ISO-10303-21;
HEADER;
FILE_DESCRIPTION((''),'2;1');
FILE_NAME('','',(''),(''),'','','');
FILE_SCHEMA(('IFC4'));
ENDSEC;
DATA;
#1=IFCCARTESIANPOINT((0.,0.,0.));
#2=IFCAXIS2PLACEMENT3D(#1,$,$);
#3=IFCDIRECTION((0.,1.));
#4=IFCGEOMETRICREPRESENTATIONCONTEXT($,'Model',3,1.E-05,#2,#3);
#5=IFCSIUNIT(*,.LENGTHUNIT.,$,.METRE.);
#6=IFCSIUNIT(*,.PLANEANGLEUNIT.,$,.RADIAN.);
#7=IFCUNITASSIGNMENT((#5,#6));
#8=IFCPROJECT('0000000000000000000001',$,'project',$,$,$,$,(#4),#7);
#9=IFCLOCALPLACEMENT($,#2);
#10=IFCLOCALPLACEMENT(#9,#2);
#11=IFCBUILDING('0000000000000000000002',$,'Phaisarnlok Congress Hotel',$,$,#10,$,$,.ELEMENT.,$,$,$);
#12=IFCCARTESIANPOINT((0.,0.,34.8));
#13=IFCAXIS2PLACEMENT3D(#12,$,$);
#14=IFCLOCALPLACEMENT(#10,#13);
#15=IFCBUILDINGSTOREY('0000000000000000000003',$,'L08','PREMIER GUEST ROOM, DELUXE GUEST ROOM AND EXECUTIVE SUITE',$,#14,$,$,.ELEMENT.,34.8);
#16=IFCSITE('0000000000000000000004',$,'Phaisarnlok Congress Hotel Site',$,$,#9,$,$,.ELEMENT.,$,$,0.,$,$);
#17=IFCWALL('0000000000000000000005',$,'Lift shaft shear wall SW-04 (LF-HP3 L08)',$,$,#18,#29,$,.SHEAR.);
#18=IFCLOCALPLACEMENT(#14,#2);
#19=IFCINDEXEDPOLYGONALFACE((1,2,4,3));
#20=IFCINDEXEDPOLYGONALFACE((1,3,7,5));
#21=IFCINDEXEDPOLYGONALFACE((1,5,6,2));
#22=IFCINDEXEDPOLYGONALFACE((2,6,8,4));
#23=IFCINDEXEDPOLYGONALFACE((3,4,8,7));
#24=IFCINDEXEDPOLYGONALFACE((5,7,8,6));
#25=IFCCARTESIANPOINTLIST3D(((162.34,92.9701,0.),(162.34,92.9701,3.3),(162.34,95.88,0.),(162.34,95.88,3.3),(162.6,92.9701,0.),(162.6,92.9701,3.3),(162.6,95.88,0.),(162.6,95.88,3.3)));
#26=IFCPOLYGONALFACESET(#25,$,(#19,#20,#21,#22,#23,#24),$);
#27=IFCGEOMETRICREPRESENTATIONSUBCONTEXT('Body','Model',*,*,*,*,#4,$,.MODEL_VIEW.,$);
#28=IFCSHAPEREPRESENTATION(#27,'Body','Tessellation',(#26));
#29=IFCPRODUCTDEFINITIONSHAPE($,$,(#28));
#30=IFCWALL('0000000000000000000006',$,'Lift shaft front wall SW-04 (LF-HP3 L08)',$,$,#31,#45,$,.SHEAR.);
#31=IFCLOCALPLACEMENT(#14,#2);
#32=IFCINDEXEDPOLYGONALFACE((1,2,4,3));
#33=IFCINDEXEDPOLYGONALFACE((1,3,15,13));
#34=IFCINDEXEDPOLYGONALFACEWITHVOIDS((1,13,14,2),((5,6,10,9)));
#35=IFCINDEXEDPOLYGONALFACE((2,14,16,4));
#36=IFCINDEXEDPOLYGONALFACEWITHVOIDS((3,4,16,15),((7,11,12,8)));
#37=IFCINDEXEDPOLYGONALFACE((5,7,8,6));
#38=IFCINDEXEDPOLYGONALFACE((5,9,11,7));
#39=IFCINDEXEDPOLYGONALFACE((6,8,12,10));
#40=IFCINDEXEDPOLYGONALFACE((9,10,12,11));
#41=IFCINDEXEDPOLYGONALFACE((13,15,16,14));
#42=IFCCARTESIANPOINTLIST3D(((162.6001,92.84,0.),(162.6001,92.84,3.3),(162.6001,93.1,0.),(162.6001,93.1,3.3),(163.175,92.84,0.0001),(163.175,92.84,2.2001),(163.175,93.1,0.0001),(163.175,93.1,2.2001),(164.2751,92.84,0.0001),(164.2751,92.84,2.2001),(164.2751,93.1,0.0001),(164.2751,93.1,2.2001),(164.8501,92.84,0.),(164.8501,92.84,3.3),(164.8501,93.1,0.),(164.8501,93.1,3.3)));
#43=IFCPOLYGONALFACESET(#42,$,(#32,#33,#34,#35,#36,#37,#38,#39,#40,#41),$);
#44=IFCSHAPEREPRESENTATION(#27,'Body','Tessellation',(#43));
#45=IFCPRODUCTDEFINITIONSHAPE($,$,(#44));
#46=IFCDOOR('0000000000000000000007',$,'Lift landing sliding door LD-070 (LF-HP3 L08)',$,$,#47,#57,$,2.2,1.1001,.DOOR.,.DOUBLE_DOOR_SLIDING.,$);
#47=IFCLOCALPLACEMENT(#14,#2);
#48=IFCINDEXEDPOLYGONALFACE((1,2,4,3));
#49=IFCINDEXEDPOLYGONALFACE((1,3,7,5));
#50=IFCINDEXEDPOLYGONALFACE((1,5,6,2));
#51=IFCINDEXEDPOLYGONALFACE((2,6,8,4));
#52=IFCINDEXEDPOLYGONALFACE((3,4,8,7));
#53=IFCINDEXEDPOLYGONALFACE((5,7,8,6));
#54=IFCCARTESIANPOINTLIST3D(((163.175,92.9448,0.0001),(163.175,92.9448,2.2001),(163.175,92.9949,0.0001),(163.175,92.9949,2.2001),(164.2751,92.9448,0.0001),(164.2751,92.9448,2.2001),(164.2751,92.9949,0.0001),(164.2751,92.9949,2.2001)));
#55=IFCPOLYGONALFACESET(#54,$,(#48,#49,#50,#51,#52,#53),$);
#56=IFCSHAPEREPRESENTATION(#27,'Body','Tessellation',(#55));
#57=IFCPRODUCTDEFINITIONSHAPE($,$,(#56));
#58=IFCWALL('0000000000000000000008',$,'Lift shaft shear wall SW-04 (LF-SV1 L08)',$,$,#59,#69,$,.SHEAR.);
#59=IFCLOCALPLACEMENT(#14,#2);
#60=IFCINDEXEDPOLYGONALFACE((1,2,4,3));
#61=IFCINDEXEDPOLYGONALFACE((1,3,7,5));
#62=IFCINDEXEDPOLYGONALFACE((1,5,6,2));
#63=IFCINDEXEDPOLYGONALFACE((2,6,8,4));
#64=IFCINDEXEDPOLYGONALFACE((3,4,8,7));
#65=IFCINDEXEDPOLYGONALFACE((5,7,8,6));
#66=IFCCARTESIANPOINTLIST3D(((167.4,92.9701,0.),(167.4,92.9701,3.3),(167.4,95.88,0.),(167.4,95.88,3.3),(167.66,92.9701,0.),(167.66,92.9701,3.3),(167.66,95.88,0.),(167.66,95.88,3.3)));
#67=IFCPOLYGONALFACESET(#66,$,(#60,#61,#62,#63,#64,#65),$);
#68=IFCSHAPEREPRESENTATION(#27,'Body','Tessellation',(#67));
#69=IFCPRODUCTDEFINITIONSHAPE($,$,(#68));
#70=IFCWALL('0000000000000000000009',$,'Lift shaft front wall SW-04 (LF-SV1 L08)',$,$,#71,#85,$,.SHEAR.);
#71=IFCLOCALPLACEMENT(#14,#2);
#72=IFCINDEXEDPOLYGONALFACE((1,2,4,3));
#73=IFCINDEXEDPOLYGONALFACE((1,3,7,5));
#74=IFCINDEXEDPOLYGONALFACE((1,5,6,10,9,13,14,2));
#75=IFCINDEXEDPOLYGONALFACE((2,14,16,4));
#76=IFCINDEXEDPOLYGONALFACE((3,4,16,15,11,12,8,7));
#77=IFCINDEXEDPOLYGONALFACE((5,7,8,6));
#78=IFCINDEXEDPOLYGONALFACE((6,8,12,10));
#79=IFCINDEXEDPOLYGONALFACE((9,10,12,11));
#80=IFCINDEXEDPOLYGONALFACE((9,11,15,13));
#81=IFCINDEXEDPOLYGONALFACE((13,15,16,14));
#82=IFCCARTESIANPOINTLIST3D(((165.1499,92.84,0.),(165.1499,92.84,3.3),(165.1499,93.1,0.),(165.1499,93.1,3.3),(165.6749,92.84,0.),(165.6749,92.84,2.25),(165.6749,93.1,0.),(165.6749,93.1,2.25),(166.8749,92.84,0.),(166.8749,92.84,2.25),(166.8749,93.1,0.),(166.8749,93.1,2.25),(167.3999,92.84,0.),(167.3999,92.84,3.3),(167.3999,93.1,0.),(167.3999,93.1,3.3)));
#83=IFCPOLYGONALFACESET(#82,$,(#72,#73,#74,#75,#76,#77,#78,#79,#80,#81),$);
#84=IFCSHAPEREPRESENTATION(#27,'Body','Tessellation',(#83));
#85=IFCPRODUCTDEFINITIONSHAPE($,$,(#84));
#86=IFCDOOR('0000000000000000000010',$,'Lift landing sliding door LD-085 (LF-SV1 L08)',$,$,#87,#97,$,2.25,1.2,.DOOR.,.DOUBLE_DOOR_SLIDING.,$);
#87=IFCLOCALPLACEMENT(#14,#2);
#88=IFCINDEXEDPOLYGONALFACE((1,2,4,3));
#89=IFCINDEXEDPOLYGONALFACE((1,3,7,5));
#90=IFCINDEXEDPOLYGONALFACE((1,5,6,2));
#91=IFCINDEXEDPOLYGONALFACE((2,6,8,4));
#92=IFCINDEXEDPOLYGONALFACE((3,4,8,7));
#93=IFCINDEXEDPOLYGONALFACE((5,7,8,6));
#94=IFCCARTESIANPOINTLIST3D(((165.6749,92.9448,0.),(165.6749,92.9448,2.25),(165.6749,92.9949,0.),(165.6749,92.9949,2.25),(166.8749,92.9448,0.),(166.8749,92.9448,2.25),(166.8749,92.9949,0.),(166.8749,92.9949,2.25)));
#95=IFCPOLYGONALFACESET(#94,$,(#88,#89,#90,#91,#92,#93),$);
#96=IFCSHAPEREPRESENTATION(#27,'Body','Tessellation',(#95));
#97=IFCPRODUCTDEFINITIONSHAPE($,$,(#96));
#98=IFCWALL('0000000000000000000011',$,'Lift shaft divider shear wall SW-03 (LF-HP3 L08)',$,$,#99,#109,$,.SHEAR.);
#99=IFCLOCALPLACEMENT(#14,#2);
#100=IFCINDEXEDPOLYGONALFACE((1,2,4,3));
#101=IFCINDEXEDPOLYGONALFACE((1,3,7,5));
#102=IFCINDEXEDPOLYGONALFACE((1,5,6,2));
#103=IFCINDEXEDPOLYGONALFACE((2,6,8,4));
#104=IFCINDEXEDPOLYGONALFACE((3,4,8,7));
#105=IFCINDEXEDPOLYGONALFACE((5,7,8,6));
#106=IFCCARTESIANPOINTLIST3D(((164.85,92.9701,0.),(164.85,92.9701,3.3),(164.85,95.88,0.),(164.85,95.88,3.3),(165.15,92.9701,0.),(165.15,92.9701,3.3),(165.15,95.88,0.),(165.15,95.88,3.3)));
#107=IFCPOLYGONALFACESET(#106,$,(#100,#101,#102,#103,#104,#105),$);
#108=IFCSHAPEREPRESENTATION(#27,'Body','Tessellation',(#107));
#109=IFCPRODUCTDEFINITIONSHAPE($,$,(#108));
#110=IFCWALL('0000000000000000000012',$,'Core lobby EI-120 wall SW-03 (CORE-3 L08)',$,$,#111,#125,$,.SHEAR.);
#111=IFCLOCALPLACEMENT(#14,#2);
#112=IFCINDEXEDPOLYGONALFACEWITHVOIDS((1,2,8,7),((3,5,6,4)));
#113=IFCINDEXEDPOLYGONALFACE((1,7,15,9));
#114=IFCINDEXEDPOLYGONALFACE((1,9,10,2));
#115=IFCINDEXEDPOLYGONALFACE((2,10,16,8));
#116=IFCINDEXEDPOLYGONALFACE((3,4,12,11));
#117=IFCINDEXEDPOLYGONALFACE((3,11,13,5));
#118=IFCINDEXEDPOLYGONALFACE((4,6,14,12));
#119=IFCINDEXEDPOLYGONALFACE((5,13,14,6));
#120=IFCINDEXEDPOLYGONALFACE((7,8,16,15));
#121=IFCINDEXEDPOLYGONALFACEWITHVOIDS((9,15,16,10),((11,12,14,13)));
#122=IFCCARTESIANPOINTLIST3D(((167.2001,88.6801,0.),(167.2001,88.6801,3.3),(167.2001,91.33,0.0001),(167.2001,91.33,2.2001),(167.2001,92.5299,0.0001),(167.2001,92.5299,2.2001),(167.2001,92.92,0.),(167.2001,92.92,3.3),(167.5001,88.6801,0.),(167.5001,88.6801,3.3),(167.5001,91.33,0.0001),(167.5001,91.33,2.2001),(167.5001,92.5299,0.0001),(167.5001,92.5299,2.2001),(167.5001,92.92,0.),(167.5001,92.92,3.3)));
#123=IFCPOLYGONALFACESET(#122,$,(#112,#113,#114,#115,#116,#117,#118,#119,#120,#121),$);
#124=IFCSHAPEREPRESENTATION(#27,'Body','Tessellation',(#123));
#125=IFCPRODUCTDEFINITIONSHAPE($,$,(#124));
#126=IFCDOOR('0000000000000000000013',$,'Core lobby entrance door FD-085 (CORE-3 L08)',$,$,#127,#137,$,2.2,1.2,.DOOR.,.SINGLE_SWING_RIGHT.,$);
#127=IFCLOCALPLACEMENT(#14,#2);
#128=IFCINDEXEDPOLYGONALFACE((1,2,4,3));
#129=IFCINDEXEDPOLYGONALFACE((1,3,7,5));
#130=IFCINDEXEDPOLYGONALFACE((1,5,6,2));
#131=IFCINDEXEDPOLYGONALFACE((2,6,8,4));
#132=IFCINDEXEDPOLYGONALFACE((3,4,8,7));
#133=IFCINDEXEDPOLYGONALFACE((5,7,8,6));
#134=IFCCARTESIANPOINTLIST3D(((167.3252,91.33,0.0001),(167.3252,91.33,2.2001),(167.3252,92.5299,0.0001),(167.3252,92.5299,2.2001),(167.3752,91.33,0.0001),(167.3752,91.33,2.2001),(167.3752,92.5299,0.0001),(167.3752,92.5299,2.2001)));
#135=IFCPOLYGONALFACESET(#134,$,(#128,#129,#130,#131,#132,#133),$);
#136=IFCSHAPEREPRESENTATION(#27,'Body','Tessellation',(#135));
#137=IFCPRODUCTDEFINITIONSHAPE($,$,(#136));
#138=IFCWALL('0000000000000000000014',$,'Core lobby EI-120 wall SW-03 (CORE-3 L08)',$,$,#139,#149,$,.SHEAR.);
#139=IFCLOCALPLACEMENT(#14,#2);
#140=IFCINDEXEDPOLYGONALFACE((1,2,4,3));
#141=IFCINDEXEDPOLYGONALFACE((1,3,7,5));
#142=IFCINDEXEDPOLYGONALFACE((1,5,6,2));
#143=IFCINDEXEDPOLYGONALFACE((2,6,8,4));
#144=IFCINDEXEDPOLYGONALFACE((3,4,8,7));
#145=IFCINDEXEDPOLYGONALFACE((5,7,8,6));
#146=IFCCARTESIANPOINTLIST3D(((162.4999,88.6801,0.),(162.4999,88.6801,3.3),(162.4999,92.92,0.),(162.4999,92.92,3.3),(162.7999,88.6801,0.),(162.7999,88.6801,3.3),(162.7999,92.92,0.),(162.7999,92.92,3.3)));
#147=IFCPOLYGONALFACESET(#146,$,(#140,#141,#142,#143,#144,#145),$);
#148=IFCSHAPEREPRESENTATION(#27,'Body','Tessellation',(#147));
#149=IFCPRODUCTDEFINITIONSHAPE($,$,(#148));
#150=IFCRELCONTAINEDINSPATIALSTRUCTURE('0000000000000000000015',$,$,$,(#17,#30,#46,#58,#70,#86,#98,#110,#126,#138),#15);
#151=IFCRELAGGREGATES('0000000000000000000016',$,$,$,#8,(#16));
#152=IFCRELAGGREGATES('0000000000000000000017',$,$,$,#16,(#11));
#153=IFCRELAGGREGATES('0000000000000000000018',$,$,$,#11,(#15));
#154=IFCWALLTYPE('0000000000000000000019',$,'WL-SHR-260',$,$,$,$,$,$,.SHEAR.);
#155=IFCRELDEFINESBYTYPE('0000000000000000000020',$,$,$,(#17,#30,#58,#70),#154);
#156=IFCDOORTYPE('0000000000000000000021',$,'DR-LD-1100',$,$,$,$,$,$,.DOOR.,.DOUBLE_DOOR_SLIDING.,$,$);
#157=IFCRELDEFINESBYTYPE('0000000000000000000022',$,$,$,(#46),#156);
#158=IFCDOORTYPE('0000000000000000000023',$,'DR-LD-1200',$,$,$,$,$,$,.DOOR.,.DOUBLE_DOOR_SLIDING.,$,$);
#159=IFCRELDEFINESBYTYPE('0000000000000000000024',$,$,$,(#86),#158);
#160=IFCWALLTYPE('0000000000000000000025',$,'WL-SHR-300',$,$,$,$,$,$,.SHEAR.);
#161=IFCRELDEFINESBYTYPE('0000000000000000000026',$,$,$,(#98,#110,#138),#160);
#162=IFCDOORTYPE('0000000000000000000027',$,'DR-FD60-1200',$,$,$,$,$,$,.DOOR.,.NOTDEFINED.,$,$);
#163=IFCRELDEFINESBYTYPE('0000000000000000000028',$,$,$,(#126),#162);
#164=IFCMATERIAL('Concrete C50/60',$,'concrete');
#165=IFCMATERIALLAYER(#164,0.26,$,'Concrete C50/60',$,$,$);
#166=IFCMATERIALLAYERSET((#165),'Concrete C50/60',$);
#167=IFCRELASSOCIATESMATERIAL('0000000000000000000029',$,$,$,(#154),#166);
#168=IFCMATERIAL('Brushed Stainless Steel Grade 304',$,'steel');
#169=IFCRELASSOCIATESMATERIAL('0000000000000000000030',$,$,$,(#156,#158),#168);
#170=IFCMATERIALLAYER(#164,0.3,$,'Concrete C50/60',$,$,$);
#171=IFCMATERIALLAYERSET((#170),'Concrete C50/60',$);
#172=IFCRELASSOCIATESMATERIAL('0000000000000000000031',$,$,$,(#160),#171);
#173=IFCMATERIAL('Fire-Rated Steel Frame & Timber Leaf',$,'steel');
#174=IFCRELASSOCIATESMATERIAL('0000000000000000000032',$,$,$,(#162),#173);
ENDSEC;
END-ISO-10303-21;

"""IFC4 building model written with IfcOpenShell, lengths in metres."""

from ifc_helpers import new_model, si_unit, direction, frame, frame_2d, origin, place, context, subcontext, project, spatial, rectangle, extrude, material, layer, layer_set, type_object, element, fill, save


model = new_model("IFC4")

# Units and contexts
model_context = context("Model", 3, precision=1e-05, world=origin(), true_north=direction((0.0, 1.0)))
body_context = subcontext(model_context, "Body", "Model", "MODEL_VIEW")
ifc_project = project(units=[si_unit("LENGTHUNIT", "METRE"), si_unit("PLANEANGLEUNIT", "RADIAN")], contexts=[model_context])

# Site, building, storey
site_placement = place(None, origin())
site = spatial("IfcSite", under=ifc_project, at=site_placement, Name="Phaisarnlok Congress Hotel Site", CompositionType="ELEMENT", RefElevation=0.0)
building_placement = place(site_placement, origin())
building = spatial("IfcBuilding", under=site, at=building_placement, Name="Phaisarnlok Congress Hotel", CompositionType="ELEMENT")
storey_placement = place(building_placement, frame((0.0, 0.0, 34.8)))
storey = spatial("IfcBuildingStorey", under=building, at=storey_placement, Name="L08", Description="PREMIER GUEST ROOM, DELUXE GUEST ROOM AND EXECUTIVE SUITE", CompositionType="ELEMENT", Elevation=34.8)

# Shared definitions
ifc_material_1 = material(Name="Concrete C50/60", Category="concrete")

# Shared definitions
ifc_layer_1 = layer(ifc_material_1, 0.26, Name="Concrete C50/60")
ifc_layer_set_1 = layer_set([ifc_layer_1], Name="Concrete C50/60")
wall_type_1 = type_object("IfcWallType", Name="WL-SHR-260", PredefinedType="SHEAR", material=ifc_layer_set_1)
ifc_material_2 = material(Name="Fire-Rated Steel Frame & Timber Leaf", Category="steel")

# Wall
wall_1_placement = place(storey_placement, frame((162.47, 92.97, 0.0), z_axis=(0.0, 0.0, 1.0), x_axis=(0.0, 1.0, 0.0)))
element("IfcWall", 1, at=wall_1_placement, inside=storey, type_object=wall_type_1, Name="Lift shaft shear wall SW-04 (LF-HP3 L08)", PredefinedType="SHEAR", context=body_context, shape_type="SweptSolid", body=[
    extrude(rectangle(XDim=2.9099, YDim=0.26, at=frame_2d((1.4551, 0.0))), origin(), (0.0, 0.0, 1.0), 3.3),
])

# Wall, opening, door
wall_2_placement = place(storey_placement, frame((162.6001, 92.97, 0.0), z_axis=(0.0, 0.0, 1.0), x_axis=(1.0, 0.0, 0.0)))
wall_2 = element("IfcWall", 2, at=wall_2_placement, inside=storey, type_object=wall_type_1, Name="Lift shaft front wall SW-04 (LF-HP3 L08)", PredefinedType="SHEAR", context=body_context, shape_type="SweptSolid", body=[
    extrude(rectangle(XDim=2.25, YDim=0.26, at=frame_2d((1.125, 0.0))), origin(), (0.0, 0.0, 1.0), 3.3),
])
opening_1_placement = place(wall_2_placement, frame((0.575, 0.0, 0.0)))
opening_1 = element("IfcOpeningElement", 3, at=opening_1_placement, cuts=wall_2, PredefinedType="OPENING", context=body_context, shape_type="SweptSolid", body=[
    extrude(rectangle(XDim=1.1001, YDim=2.2, at=frame_2d((0.55, 1.1001))), frame((0.0, 0.1401, 0.0), z_axis=(0.0, -1.0, 0.0), x_axis=(1.0, 0.0, 0.0)), (0.0, 0.0, 1.0), 0.28),
])
ifc_material_3 = material(Name="Brushed Stainless Steel Grade 304", Category="steel")
door_type_1 = type_object("IfcDoorType", Name="DR-LD-1100", OperationType="DOUBLE_DOOR_SLIDING", PredefinedType="DOOR", material=ifc_material_3)
door_1_placement = place(opening_1_placement, origin())
door_1 = element("IfcDoor", 4, at=door_1_placement, inside=storey, type_object=door_type_1, Name="Lift landing sliding door LD-070 (LF-HP3 L08)", OperationType="DOUBLE_DOOR_SLIDING", OverallHeight=2.2, OverallWidth=1.1001, PredefinedType="DOOR", context=body_context, shape_type="SweptSolid", body=[
    extrude(rectangle(XDim=1.1001, YDim=2.2, at=frame_2d((0.55, 1.1001))), frame((0.0, 0.0249, 0.0), z_axis=(0.0, -1.0, 0.0), x_axis=(1.0, 0.0, 0.0)), (0.0, 0.0, 1.0), 0.05),
])
fill(opening_1, door_1)

# Wall
wall_3_placement = place(storey_placement, frame((167.53, 92.97, 0.0), z_axis=(0.0, 0.0, 1.0), x_axis=(0.0, 1.0, 0.0)))
element("IfcWall", 5, at=wall_3_placement, inside=storey, type_object=wall_type_1, Name="Lift shaft shear wall SW-04 (LF-SV1 L08)", PredefinedType="SHEAR", context=body_context, shape_type="SweptSolid", body=[
    extrude(rectangle(XDim=2.9099, YDim=0.26, at=frame_2d((1.4551, 0.0))), origin(), (0.0, 0.0, 1.0), 3.3),
])

# Wall, opening, door
wall_4_placement = place(storey_placement, frame((165.1499, 92.97, 0.0), z_axis=(0.0, 0.0, 1.0), x_axis=(1.0, 0.0, 0.0)))
wall_4 = element("IfcWall", 6, at=wall_4_placement, inside=storey, type_object=wall_type_1, Name="Lift shaft front wall SW-04 (LF-SV1 L08)", PredefinedType="SHEAR", context=body_context, shape_type="SweptSolid", body=[
    extrude(rectangle(XDim=2.25, YDim=0.26, at=frame_2d((1.125, 0.0))), origin(), (0.0, 0.0, 1.0), 3.3),
])
opening_2_placement = place(wall_4_placement, frame((0.5249, 0.0, 0.0)))
opening_2 = element("IfcOpeningElement", 7, at=opening_2_placement, cuts=wall_4, PredefinedType="OPENING", context=body_context, shape_type="SweptSolid", body=[
    extrude(rectangle(XDim=1.2, YDim=2.25, at=frame_2d((0.6001, 1.125))), frame((0.0, 0.1401, 0.0), z_axis=(0.0, -1.0, 0.0), x_axis=(1.0, 0.0, 0.0)), (0.0, 0.0, 1.0), 0.28),
])
door_type_2 = type_object("IfcDoorType", Name="DR-LD-1200", OperationType="DOUBLE_DOOR_SLIDING", PredefinedType="DOOR", material=ifc_material_3)
door_2_placement = place(opening_2_placement, origin())
door_2 = element("IfcDoor", 8, at=door_2_placement, inside=storey, type_object=door_type_2, Name="Lift landing sliding door LD-085 (LF-SV1 L08)", OperationType="DOUBLE_DOOR_SLIDING", OverallHeight=2.25, OverallWidth=1.2, PredefinedType="DOOR", context=body_context, shape_type="SweptSolid", body=[
    extrude(rectangle(XDim=1.2, YDim=2.25, at=frame_2d((0.6001, 1.125))), frame((0.0, 0.0249, 0.0), z_axis=(0.0, -1.0, 0.0), x_axis=(1.0, 0.0, 0.0)), (0.0, 0.0, 1.0), 0.05),
])
fill(opening_2, door_2)

# Wall
ifc_layer_2 = layer(ifc_material_1, 0.3, Name="Concrete C50/60")
ifc_layer_set_2 = layer_set([ifc_layer_2], Name="Concrete C50/60")
wall_type_2 = type_object("IfcWallType", Name="WL-SHR-300", PredefinedType="SHEAR", material=ifc_layer_set_2)
wall_5_placement = place(storey_placement, frame((165.0, 92.97, 0.0), z_axis=(0.0, 0.0, 1.0), x_axis=(0.0, 1.0, 0.0)))
element("IfcWall", 9, at=wall_5_placement, inside=storey, type_object=wall_type_2, Name="Lift shaft divider shear wall SW-03 (LF-HP3 L08)", PredefinedType="SHEAR", context=body_context, shape_type="SweptSolid", body=[
    extrude(rectangle(XDim=2.9099, YDim=0.3, at=frame_2d((1.4551, 0.0))), origin(), (0.0, 0.0, 1.0), 3.3),
])

# Wall, opening, door
wall_6_placement = place(storey_placement, frame((167.3501, 88.6799, 0.0), z_axis=(0.0, 0.0, 1.0), x_axis=(0.0, 1.0, 0.0)))
wall_6 = element("IfcWall", 10, at=wall_6_placement, inside=storey, type_object=wall_type_2, Name="Core lobby EI-120 wall SW-03 (CORE-3 L08)", PredefinedType="SHEAR", context=body_context, shape_type="SweptSolid", body=[
    extrude(rectangle(XDim=4.24, YDim=0.3, at=frame_2d((2.1201, 0.0))), origin(), (0.0, 0.0, 1.0), 3.3),
])
opening_3_placement = place(wall_6_placement, frame((2.6499, 0.0, 0.0)))
opening_3 = element("IfcOpeningElement", 11, at=opening_3_placement, cuts=wall_6, PredefinedType="OPENING", context=body_context, shape_type="SweptSolid", body=[
    extrude(rectangle(XDim=1.2, YDim=2.2, at=frame_2d((0.6001, 1.1001))), frame((0.0, 0.1602, 0.0), z_axis=(0.0, -1.0, 0.0), x_axis=(1.0, 0.0, 0.0)), (0.0, 0.0, 1.0), 0.3201),
])
door_type_3 = type_object("IfcDoorType", Name="DR-FD60-1200", OperationType="NOTDEFINED", PredefinedType="DOOR", material=ifc_material_2)
door_3_placement = place(opening_3_placement, origin())
door_3 = element("IfcDoor", 12, at=door_3_placement, inside=storey, type_object=door_type_3, Name="Core lobby entrance door FD-085 (CORE-3 L08)", OperationType="SINGLE_SWING_RIGHT", OverallHeight=2.2, OverallWidth=1.2, PredefinedType="DOOR", context=body_context, shape_type="SweptSolid", body=[
    extrude(rectangle(XDim=1.2, YDim=2.2, at=frame_2d((0.6001, 1.1001))), frame((0.0, 0.0249, 0.0), z_axis=(0.0, -1.0, 0.0), x_axis=(1.0, 0.0, 0.0)), (0.0, 0.0, 1.0), 0.05),
])
fill(opening_3, door_3)

# Wall
wall_7_placement = place(storey_placement, frame((162.6499, 88.6799, 0.0), z_axis=(0.0, 0.0, 1.0), x_axis=(0.0, 1.0, 0.0)))
element("IfcWall", 13, at=wall_7_placement, inside=storey, type_object=wall_type_2, Name="Core lobby EI-120 wall SW-03 (CORE-3 L08)", PredefinedType="SHEAR", context=body_context, shape_type="SweptSolid", body=[
    extrude(rectangle(XDim=4.24, YDim=0.3, at=frame_2d((2.1201, 0.0))), origin(), (0.0, 0.0, 1.0), 3.3),
])

save(model, "model.ifc")
